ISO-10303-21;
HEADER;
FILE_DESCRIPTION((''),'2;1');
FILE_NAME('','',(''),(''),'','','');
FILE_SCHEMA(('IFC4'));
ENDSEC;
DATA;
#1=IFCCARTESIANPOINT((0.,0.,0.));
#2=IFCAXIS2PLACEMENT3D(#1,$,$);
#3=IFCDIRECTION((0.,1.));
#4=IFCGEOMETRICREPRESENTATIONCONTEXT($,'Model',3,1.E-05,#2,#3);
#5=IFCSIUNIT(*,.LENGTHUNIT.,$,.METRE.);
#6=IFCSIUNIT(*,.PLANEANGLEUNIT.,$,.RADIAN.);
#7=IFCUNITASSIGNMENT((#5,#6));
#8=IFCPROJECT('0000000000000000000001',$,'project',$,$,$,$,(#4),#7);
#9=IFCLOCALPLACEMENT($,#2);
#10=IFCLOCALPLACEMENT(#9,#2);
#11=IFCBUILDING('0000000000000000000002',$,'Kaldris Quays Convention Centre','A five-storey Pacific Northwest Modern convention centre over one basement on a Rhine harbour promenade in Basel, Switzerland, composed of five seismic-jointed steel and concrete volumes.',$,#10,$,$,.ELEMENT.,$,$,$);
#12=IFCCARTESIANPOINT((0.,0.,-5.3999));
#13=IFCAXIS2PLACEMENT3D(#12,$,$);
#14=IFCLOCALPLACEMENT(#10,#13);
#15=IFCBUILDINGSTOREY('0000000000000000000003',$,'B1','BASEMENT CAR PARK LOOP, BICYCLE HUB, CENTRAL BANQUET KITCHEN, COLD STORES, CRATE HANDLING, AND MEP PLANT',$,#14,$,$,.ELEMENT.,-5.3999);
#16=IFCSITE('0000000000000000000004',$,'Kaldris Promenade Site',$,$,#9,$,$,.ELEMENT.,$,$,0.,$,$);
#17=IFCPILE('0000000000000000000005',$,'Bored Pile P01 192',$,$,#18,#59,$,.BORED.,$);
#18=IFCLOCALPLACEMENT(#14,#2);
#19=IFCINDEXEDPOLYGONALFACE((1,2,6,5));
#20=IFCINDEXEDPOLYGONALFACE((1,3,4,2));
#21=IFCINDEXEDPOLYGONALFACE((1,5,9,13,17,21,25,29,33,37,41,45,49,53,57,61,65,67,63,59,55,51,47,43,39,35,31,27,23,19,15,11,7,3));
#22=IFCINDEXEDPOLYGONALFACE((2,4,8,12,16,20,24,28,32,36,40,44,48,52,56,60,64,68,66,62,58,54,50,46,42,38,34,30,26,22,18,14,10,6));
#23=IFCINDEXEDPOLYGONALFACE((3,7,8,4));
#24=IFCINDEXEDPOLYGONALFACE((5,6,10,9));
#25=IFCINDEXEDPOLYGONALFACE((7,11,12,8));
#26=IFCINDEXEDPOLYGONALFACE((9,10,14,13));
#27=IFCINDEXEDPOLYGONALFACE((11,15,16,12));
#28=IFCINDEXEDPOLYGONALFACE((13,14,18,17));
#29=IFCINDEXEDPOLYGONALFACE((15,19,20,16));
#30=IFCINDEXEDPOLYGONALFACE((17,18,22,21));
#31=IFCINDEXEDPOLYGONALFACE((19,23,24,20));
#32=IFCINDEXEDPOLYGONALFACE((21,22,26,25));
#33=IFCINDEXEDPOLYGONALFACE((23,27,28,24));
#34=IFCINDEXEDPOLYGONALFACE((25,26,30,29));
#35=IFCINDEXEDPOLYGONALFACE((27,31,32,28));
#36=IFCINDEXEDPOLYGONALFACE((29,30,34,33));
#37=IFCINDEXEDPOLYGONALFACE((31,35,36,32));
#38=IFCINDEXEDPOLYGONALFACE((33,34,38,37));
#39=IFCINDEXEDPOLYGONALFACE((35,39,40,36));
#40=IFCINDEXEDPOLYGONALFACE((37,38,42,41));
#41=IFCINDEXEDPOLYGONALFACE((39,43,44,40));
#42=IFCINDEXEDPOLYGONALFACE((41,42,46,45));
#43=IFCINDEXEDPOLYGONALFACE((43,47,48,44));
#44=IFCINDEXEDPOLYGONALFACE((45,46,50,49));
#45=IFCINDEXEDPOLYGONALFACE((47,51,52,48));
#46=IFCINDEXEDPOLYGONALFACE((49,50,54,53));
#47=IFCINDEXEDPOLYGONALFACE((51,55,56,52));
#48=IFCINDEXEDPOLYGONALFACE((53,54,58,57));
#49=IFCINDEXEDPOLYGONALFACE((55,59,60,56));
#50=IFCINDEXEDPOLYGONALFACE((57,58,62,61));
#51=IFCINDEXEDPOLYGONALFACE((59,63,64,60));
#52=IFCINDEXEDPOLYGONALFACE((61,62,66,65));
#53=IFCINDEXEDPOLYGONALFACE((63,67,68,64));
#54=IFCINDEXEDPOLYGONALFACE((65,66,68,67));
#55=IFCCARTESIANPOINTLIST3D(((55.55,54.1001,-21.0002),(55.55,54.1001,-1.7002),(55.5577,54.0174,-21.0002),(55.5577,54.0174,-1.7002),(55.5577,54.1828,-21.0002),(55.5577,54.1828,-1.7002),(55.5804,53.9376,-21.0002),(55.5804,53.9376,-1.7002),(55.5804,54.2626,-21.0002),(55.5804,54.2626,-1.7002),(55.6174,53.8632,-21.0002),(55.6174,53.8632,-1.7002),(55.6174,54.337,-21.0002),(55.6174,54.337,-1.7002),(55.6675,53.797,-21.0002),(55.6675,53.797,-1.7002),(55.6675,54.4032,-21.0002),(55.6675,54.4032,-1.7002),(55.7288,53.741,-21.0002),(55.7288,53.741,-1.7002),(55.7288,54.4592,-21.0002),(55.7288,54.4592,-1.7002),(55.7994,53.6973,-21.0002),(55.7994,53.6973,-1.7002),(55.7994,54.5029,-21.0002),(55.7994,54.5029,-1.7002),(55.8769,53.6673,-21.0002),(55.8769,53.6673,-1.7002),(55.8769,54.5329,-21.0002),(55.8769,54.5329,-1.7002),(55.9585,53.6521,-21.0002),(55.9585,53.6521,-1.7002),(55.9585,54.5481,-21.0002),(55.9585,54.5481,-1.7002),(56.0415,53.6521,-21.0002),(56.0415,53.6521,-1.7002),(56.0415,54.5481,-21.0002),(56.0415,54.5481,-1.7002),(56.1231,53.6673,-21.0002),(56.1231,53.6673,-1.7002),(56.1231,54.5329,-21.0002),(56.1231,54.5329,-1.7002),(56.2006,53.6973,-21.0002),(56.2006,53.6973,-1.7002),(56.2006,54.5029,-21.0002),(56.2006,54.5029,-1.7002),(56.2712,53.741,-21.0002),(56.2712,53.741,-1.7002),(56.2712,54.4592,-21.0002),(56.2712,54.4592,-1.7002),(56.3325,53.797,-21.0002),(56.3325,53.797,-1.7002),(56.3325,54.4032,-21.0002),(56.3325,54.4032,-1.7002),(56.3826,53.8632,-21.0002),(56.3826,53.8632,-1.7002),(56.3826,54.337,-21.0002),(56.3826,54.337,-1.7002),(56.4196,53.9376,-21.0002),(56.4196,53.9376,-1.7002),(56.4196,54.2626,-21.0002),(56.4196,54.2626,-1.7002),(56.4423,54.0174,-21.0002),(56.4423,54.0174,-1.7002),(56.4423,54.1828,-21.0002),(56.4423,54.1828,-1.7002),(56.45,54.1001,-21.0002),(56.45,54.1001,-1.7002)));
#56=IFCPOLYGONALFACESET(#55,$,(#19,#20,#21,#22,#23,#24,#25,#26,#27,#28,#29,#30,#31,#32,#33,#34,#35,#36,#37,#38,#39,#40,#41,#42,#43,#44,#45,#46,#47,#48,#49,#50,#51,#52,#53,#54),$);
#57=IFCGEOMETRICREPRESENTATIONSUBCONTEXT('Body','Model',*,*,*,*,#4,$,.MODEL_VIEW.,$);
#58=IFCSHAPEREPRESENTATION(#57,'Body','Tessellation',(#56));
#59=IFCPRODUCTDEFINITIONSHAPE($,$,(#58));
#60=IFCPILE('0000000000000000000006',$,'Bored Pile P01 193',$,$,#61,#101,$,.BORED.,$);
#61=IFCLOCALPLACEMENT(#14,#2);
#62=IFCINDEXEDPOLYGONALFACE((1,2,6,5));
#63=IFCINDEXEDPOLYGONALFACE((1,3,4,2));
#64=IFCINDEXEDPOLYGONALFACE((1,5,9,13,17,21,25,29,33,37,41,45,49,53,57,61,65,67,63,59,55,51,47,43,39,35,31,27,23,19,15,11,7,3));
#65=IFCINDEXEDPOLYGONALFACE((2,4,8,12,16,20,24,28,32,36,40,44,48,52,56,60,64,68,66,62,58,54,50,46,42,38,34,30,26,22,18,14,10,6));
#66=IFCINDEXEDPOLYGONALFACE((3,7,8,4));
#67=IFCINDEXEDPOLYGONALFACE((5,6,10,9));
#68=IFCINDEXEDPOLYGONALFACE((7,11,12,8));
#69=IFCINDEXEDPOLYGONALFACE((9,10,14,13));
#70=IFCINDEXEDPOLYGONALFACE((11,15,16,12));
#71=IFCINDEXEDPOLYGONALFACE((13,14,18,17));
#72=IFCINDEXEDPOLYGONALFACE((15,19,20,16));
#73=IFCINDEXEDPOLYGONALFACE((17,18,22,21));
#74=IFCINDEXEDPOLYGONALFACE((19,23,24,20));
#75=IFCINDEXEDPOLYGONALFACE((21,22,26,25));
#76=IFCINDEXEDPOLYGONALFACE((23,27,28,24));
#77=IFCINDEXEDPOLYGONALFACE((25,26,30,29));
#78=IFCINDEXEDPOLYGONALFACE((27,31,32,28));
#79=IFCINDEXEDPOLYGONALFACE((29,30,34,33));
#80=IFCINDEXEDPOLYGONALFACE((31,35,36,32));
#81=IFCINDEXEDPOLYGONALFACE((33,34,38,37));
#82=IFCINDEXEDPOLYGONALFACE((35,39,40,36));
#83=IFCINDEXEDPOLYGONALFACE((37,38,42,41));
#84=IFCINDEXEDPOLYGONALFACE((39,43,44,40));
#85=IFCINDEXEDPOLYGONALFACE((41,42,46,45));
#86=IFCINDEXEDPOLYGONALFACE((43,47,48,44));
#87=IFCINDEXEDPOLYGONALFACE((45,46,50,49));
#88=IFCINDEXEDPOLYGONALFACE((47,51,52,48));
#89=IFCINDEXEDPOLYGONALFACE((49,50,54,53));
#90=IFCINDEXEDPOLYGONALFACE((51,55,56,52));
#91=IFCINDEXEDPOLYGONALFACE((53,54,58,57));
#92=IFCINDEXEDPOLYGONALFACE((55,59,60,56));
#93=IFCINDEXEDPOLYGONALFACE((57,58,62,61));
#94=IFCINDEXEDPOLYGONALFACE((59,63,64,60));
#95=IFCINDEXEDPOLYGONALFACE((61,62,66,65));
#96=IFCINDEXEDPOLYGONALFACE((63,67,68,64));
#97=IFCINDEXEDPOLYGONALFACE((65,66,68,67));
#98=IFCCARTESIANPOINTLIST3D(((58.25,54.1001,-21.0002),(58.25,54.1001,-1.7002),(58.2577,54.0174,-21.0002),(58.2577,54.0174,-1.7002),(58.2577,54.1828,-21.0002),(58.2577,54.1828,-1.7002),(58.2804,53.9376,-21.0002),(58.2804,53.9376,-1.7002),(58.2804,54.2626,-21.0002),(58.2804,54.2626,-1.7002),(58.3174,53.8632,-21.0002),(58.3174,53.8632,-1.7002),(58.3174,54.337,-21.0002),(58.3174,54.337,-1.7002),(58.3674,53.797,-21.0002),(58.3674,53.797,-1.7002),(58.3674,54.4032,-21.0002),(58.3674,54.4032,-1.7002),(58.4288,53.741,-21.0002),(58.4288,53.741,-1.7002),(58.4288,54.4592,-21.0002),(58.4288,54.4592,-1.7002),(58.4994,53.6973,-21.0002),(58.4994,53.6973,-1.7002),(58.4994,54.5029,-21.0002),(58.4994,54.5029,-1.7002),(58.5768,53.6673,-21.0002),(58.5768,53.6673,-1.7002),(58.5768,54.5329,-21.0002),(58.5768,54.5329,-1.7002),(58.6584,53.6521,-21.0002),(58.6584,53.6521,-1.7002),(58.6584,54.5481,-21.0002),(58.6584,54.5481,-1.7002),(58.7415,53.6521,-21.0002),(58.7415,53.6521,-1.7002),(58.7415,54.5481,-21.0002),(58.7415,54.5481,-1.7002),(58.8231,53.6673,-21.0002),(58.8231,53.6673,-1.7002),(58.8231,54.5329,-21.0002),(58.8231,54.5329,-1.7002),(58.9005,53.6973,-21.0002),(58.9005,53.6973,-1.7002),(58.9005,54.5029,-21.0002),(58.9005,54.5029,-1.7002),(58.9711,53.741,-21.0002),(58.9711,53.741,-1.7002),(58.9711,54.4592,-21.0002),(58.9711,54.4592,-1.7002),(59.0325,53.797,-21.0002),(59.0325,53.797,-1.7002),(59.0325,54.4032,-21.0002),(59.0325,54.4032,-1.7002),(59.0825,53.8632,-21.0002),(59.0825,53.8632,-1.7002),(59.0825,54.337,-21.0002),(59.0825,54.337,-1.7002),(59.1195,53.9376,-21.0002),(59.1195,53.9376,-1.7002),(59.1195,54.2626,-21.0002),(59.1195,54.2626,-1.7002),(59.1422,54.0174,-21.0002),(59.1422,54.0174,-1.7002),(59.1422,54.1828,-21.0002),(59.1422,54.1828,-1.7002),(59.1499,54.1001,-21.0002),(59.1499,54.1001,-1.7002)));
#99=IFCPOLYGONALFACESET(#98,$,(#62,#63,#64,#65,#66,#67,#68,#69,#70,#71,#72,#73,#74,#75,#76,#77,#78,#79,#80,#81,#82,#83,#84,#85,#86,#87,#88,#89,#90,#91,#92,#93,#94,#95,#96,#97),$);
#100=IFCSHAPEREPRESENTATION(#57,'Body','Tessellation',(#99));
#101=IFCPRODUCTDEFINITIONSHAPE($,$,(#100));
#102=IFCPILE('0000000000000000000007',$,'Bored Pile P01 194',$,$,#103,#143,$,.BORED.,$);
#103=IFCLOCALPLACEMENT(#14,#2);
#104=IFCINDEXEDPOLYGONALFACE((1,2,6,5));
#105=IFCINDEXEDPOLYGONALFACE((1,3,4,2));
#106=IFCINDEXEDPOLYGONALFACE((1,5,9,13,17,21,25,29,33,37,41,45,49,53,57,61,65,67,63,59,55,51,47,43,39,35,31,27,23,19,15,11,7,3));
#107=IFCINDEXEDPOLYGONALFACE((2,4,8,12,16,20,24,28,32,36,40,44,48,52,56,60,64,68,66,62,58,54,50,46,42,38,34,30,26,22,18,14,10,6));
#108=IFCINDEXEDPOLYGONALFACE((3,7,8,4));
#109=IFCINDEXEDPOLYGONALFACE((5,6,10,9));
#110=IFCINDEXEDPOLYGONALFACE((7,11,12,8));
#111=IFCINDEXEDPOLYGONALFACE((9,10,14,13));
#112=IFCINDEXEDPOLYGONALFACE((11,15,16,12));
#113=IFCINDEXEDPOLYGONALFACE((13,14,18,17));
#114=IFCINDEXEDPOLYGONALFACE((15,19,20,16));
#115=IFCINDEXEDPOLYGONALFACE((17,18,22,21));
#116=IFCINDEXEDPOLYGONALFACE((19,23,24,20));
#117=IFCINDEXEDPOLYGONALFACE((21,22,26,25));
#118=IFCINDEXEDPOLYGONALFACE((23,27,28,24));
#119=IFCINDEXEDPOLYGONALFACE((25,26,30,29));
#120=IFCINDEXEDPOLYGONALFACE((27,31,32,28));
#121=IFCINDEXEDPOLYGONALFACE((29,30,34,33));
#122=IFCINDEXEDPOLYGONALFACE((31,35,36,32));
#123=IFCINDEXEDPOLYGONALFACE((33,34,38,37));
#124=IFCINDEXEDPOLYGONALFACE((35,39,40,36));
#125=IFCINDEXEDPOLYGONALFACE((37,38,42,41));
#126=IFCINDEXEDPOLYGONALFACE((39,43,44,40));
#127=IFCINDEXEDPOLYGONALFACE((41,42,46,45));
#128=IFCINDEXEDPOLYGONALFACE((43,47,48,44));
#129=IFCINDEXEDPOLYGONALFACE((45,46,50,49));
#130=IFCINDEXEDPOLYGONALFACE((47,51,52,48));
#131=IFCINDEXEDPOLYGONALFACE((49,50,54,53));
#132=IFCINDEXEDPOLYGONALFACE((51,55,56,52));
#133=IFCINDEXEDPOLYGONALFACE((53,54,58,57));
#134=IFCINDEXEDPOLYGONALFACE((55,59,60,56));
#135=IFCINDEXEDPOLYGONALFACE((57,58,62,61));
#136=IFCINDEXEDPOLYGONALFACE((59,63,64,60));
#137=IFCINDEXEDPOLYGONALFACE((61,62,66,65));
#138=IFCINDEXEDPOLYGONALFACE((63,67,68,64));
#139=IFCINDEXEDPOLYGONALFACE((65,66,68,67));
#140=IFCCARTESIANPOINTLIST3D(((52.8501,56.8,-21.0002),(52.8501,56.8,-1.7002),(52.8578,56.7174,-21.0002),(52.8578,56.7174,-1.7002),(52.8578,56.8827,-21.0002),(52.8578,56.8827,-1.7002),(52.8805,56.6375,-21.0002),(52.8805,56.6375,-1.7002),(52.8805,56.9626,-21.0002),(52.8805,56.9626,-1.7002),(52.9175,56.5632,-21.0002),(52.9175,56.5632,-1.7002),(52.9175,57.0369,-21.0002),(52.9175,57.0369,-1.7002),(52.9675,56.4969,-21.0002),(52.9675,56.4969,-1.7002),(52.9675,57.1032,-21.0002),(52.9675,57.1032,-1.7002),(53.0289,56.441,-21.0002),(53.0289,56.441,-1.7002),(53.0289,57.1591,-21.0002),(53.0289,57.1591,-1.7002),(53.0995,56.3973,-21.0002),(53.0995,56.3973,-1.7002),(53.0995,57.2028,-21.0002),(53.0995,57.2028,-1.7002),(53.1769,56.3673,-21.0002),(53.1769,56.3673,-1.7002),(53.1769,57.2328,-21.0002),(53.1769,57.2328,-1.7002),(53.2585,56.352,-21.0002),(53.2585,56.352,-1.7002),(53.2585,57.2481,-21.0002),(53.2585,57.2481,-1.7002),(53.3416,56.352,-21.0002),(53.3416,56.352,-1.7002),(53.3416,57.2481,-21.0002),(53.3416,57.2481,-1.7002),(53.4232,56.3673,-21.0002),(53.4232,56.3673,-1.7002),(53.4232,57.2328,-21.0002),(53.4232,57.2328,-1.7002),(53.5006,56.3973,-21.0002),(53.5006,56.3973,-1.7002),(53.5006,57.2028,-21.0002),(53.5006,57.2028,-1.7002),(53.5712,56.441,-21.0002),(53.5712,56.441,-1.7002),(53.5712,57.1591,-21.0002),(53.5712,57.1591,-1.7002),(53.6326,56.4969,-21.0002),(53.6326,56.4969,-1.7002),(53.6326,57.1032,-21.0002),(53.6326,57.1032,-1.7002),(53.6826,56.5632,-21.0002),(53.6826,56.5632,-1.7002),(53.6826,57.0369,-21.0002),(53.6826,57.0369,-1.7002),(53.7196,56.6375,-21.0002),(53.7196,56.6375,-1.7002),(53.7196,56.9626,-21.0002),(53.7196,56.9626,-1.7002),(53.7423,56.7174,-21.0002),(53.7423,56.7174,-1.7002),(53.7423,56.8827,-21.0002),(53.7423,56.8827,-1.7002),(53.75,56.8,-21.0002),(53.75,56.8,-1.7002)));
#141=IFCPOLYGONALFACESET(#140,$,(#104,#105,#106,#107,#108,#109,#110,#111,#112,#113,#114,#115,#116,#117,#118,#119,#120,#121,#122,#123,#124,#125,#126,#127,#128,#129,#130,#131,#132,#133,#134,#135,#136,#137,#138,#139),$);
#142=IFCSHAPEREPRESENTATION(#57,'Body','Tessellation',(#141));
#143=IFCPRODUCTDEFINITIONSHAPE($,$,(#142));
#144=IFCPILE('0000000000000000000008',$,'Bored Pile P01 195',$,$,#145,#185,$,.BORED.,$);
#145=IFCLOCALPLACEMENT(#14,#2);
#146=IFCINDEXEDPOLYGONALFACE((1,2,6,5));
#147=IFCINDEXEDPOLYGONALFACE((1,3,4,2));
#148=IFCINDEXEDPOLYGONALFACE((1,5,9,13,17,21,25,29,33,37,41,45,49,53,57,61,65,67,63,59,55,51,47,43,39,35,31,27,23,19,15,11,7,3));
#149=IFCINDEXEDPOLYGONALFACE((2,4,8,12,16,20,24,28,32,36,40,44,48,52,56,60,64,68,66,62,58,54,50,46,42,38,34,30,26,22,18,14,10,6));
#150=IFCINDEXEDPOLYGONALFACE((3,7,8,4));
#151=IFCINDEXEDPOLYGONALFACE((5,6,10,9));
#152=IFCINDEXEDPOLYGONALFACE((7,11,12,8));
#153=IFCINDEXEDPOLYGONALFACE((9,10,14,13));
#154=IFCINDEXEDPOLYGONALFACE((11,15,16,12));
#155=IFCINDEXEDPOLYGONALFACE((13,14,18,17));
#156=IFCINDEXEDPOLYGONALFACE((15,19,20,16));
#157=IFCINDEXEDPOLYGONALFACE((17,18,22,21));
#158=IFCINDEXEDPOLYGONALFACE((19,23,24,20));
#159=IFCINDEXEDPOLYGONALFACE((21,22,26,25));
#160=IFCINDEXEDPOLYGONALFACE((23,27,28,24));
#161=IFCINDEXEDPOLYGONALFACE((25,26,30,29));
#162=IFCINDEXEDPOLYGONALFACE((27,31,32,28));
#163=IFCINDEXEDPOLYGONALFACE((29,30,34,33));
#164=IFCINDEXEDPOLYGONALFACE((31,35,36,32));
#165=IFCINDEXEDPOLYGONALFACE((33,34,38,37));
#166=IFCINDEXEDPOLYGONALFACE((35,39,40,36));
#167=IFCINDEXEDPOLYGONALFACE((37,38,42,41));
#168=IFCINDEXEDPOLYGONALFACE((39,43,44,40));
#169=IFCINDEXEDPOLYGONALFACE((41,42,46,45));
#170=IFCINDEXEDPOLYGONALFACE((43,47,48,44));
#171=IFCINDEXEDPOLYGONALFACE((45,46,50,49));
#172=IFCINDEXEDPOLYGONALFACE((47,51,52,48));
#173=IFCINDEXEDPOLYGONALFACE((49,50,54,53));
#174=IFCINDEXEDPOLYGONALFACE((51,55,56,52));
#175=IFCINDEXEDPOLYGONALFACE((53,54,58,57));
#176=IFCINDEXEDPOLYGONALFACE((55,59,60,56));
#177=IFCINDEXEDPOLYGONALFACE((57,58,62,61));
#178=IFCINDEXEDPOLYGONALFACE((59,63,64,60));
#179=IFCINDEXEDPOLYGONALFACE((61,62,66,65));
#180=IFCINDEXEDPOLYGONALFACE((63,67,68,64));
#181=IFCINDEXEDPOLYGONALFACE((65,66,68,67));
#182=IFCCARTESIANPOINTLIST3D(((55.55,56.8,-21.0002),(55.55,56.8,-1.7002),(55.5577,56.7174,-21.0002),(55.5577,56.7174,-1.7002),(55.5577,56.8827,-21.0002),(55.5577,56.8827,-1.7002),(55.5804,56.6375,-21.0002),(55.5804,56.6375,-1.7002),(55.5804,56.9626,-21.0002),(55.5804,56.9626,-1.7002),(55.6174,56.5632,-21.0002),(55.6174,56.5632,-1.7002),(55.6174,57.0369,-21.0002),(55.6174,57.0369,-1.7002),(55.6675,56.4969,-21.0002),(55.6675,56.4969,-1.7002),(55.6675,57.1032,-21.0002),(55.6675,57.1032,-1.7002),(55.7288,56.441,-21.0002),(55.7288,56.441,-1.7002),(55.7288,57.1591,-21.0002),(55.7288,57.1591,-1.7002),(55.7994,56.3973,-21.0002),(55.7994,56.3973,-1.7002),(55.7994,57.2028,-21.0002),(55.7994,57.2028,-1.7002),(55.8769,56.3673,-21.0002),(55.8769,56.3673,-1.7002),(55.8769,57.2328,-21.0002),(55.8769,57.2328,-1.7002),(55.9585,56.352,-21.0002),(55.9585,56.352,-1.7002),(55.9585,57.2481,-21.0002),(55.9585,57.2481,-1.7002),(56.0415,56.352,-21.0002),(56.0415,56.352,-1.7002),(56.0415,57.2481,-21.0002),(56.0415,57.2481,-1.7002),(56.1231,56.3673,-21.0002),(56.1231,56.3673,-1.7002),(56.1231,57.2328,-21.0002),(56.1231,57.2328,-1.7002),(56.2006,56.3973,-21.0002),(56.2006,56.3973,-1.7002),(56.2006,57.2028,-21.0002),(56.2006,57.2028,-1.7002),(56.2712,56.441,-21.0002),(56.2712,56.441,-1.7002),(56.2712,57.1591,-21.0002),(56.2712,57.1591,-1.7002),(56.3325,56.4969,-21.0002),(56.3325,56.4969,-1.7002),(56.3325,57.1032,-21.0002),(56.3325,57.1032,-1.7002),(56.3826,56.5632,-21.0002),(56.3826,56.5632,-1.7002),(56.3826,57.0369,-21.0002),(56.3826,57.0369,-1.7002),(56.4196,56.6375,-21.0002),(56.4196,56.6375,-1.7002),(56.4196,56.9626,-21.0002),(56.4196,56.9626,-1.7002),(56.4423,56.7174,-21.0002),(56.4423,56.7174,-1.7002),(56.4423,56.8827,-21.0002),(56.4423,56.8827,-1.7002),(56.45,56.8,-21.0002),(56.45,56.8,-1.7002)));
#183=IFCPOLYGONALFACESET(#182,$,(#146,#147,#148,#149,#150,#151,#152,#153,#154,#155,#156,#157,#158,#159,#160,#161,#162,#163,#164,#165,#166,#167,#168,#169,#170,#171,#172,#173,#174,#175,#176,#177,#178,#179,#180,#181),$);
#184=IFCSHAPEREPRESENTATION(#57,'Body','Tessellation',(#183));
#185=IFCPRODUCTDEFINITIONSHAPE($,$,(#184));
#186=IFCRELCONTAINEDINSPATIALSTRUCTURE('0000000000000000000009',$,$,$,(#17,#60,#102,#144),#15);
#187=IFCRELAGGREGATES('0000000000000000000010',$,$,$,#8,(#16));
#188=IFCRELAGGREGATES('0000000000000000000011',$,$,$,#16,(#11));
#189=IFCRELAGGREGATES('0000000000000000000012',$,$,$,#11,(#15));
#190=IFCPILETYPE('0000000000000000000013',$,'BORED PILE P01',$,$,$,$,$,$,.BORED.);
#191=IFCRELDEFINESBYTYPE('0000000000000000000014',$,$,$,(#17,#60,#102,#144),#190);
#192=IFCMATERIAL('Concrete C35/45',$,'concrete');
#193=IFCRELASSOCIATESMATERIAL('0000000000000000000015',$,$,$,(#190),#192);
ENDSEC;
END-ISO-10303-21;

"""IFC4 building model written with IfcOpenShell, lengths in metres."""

from ifc_helpers import new_model, si_unit, direction, frame, origin, origin_2d, place, context, subcontext, project, spatial, circle, extrude, material, material_profile, profile_set, type_object, element, save


model = new_model("IFC4")

# Units and contexts
model_context = context("Model", 3, precision=1e-05, world=origin(), true_north=direction((0.0, 1.0)))
body_context = subcontext(model_context, "Body", "Model", "MODEL_VIEW")
ifc_project = project(units=[si_unit("LENGTHUNIT", "METRE"), si_unit("PLANEANGLEUNIT", "RADIAN")], contexts=[model_context])

# Site, building, storey
site_placement = place(None, origin())
site = spatial("IfcSite", under=ifc_project, at=site_placement, Name="Kaldris Promenade Site", CompositionType="ELEMENT", RefElevation=0.0)
building_placement = place(site_placement, origin())
building = spatial("IfcBuilding", under=site, at=building_placement, Name="Kaldris Quays Convention Centre", Description="A five-storey Pacific Northwest Modern convention centre over one basement on a Rhine harbour promenade in Basel, Switzerland, composed of five seismic-jointed steel and concrete volumes.", CompositionType="ELEMENT")
storey_placement = place(building_placement, frame((0.0, 0.0, -5.3999)))
storey = spatial("IfcBuildingStorey", under=building, at=storey_placement, Name="B1", Description="BASEMENT CAR PARK LOOP, BICYCLE HUB, CENTRAL BANQUET KITCHEN, COLD STORES, CRATE HANDLING, AND MEP PLANT", CompositionType="ELEMENT", Elevation=-5.3999)

# Piles
ifc_material_1 = material(Name="Concrete C35/45", Category="concrete")
ifc_material_profile_1 = material_profile(ifc_material_1, circle(Radius=0.45, at=origin_2d()), Name="BORED PILE D900")
ifc_profile_set_1 = profile_set([ifc_material_profile_1], Name="Concrete C35/45")
pile_type_1 = type_object("IfcPileType", Name="BORED PILE P01", PredefinedType="BORED", material=ifc_profile_set_1)
for number, where, z_axis, x_axis, name in (
    (1, (56.0, 54.1001, -1.7002), (0.0, 0.0, -1.0), (1.0, 0.0, 0.0), "Bored Pile P01 192"),
    (2, (58.7, 54.1001, -1.7002), (0.0, 0.0, -1.0), (1.0, 0.0, 0.0), "Bored Pile P01 193"),
    (3, (53.3, 56.8, -1.7002), (0.0, 0.0, -1.0), (1.0, 0.0, 0.0), "Bored Pile P01 194"),
    (4, (56.0, 56.8, -1.7002), (0.0, 0.0, -1.0), (1.0, 0.0, 0.0), "Bored Pile P01 195"),
):
    element("IfcPile", number, at=place(storey_placement, frame(where, z_axis=z_axis, x_axis=x_axis)), inside=storey, type_object=pile_type_1, Name=name, PredefinedType="BORED", context=body_context, shape_type="SweptSolid", body=[
        extrude(circle(Radius=0.45, at=origin_2d()), origin(), (0.0, 0.0, 1.0), 19.3),
    ])

save(model, "model.ifc")
